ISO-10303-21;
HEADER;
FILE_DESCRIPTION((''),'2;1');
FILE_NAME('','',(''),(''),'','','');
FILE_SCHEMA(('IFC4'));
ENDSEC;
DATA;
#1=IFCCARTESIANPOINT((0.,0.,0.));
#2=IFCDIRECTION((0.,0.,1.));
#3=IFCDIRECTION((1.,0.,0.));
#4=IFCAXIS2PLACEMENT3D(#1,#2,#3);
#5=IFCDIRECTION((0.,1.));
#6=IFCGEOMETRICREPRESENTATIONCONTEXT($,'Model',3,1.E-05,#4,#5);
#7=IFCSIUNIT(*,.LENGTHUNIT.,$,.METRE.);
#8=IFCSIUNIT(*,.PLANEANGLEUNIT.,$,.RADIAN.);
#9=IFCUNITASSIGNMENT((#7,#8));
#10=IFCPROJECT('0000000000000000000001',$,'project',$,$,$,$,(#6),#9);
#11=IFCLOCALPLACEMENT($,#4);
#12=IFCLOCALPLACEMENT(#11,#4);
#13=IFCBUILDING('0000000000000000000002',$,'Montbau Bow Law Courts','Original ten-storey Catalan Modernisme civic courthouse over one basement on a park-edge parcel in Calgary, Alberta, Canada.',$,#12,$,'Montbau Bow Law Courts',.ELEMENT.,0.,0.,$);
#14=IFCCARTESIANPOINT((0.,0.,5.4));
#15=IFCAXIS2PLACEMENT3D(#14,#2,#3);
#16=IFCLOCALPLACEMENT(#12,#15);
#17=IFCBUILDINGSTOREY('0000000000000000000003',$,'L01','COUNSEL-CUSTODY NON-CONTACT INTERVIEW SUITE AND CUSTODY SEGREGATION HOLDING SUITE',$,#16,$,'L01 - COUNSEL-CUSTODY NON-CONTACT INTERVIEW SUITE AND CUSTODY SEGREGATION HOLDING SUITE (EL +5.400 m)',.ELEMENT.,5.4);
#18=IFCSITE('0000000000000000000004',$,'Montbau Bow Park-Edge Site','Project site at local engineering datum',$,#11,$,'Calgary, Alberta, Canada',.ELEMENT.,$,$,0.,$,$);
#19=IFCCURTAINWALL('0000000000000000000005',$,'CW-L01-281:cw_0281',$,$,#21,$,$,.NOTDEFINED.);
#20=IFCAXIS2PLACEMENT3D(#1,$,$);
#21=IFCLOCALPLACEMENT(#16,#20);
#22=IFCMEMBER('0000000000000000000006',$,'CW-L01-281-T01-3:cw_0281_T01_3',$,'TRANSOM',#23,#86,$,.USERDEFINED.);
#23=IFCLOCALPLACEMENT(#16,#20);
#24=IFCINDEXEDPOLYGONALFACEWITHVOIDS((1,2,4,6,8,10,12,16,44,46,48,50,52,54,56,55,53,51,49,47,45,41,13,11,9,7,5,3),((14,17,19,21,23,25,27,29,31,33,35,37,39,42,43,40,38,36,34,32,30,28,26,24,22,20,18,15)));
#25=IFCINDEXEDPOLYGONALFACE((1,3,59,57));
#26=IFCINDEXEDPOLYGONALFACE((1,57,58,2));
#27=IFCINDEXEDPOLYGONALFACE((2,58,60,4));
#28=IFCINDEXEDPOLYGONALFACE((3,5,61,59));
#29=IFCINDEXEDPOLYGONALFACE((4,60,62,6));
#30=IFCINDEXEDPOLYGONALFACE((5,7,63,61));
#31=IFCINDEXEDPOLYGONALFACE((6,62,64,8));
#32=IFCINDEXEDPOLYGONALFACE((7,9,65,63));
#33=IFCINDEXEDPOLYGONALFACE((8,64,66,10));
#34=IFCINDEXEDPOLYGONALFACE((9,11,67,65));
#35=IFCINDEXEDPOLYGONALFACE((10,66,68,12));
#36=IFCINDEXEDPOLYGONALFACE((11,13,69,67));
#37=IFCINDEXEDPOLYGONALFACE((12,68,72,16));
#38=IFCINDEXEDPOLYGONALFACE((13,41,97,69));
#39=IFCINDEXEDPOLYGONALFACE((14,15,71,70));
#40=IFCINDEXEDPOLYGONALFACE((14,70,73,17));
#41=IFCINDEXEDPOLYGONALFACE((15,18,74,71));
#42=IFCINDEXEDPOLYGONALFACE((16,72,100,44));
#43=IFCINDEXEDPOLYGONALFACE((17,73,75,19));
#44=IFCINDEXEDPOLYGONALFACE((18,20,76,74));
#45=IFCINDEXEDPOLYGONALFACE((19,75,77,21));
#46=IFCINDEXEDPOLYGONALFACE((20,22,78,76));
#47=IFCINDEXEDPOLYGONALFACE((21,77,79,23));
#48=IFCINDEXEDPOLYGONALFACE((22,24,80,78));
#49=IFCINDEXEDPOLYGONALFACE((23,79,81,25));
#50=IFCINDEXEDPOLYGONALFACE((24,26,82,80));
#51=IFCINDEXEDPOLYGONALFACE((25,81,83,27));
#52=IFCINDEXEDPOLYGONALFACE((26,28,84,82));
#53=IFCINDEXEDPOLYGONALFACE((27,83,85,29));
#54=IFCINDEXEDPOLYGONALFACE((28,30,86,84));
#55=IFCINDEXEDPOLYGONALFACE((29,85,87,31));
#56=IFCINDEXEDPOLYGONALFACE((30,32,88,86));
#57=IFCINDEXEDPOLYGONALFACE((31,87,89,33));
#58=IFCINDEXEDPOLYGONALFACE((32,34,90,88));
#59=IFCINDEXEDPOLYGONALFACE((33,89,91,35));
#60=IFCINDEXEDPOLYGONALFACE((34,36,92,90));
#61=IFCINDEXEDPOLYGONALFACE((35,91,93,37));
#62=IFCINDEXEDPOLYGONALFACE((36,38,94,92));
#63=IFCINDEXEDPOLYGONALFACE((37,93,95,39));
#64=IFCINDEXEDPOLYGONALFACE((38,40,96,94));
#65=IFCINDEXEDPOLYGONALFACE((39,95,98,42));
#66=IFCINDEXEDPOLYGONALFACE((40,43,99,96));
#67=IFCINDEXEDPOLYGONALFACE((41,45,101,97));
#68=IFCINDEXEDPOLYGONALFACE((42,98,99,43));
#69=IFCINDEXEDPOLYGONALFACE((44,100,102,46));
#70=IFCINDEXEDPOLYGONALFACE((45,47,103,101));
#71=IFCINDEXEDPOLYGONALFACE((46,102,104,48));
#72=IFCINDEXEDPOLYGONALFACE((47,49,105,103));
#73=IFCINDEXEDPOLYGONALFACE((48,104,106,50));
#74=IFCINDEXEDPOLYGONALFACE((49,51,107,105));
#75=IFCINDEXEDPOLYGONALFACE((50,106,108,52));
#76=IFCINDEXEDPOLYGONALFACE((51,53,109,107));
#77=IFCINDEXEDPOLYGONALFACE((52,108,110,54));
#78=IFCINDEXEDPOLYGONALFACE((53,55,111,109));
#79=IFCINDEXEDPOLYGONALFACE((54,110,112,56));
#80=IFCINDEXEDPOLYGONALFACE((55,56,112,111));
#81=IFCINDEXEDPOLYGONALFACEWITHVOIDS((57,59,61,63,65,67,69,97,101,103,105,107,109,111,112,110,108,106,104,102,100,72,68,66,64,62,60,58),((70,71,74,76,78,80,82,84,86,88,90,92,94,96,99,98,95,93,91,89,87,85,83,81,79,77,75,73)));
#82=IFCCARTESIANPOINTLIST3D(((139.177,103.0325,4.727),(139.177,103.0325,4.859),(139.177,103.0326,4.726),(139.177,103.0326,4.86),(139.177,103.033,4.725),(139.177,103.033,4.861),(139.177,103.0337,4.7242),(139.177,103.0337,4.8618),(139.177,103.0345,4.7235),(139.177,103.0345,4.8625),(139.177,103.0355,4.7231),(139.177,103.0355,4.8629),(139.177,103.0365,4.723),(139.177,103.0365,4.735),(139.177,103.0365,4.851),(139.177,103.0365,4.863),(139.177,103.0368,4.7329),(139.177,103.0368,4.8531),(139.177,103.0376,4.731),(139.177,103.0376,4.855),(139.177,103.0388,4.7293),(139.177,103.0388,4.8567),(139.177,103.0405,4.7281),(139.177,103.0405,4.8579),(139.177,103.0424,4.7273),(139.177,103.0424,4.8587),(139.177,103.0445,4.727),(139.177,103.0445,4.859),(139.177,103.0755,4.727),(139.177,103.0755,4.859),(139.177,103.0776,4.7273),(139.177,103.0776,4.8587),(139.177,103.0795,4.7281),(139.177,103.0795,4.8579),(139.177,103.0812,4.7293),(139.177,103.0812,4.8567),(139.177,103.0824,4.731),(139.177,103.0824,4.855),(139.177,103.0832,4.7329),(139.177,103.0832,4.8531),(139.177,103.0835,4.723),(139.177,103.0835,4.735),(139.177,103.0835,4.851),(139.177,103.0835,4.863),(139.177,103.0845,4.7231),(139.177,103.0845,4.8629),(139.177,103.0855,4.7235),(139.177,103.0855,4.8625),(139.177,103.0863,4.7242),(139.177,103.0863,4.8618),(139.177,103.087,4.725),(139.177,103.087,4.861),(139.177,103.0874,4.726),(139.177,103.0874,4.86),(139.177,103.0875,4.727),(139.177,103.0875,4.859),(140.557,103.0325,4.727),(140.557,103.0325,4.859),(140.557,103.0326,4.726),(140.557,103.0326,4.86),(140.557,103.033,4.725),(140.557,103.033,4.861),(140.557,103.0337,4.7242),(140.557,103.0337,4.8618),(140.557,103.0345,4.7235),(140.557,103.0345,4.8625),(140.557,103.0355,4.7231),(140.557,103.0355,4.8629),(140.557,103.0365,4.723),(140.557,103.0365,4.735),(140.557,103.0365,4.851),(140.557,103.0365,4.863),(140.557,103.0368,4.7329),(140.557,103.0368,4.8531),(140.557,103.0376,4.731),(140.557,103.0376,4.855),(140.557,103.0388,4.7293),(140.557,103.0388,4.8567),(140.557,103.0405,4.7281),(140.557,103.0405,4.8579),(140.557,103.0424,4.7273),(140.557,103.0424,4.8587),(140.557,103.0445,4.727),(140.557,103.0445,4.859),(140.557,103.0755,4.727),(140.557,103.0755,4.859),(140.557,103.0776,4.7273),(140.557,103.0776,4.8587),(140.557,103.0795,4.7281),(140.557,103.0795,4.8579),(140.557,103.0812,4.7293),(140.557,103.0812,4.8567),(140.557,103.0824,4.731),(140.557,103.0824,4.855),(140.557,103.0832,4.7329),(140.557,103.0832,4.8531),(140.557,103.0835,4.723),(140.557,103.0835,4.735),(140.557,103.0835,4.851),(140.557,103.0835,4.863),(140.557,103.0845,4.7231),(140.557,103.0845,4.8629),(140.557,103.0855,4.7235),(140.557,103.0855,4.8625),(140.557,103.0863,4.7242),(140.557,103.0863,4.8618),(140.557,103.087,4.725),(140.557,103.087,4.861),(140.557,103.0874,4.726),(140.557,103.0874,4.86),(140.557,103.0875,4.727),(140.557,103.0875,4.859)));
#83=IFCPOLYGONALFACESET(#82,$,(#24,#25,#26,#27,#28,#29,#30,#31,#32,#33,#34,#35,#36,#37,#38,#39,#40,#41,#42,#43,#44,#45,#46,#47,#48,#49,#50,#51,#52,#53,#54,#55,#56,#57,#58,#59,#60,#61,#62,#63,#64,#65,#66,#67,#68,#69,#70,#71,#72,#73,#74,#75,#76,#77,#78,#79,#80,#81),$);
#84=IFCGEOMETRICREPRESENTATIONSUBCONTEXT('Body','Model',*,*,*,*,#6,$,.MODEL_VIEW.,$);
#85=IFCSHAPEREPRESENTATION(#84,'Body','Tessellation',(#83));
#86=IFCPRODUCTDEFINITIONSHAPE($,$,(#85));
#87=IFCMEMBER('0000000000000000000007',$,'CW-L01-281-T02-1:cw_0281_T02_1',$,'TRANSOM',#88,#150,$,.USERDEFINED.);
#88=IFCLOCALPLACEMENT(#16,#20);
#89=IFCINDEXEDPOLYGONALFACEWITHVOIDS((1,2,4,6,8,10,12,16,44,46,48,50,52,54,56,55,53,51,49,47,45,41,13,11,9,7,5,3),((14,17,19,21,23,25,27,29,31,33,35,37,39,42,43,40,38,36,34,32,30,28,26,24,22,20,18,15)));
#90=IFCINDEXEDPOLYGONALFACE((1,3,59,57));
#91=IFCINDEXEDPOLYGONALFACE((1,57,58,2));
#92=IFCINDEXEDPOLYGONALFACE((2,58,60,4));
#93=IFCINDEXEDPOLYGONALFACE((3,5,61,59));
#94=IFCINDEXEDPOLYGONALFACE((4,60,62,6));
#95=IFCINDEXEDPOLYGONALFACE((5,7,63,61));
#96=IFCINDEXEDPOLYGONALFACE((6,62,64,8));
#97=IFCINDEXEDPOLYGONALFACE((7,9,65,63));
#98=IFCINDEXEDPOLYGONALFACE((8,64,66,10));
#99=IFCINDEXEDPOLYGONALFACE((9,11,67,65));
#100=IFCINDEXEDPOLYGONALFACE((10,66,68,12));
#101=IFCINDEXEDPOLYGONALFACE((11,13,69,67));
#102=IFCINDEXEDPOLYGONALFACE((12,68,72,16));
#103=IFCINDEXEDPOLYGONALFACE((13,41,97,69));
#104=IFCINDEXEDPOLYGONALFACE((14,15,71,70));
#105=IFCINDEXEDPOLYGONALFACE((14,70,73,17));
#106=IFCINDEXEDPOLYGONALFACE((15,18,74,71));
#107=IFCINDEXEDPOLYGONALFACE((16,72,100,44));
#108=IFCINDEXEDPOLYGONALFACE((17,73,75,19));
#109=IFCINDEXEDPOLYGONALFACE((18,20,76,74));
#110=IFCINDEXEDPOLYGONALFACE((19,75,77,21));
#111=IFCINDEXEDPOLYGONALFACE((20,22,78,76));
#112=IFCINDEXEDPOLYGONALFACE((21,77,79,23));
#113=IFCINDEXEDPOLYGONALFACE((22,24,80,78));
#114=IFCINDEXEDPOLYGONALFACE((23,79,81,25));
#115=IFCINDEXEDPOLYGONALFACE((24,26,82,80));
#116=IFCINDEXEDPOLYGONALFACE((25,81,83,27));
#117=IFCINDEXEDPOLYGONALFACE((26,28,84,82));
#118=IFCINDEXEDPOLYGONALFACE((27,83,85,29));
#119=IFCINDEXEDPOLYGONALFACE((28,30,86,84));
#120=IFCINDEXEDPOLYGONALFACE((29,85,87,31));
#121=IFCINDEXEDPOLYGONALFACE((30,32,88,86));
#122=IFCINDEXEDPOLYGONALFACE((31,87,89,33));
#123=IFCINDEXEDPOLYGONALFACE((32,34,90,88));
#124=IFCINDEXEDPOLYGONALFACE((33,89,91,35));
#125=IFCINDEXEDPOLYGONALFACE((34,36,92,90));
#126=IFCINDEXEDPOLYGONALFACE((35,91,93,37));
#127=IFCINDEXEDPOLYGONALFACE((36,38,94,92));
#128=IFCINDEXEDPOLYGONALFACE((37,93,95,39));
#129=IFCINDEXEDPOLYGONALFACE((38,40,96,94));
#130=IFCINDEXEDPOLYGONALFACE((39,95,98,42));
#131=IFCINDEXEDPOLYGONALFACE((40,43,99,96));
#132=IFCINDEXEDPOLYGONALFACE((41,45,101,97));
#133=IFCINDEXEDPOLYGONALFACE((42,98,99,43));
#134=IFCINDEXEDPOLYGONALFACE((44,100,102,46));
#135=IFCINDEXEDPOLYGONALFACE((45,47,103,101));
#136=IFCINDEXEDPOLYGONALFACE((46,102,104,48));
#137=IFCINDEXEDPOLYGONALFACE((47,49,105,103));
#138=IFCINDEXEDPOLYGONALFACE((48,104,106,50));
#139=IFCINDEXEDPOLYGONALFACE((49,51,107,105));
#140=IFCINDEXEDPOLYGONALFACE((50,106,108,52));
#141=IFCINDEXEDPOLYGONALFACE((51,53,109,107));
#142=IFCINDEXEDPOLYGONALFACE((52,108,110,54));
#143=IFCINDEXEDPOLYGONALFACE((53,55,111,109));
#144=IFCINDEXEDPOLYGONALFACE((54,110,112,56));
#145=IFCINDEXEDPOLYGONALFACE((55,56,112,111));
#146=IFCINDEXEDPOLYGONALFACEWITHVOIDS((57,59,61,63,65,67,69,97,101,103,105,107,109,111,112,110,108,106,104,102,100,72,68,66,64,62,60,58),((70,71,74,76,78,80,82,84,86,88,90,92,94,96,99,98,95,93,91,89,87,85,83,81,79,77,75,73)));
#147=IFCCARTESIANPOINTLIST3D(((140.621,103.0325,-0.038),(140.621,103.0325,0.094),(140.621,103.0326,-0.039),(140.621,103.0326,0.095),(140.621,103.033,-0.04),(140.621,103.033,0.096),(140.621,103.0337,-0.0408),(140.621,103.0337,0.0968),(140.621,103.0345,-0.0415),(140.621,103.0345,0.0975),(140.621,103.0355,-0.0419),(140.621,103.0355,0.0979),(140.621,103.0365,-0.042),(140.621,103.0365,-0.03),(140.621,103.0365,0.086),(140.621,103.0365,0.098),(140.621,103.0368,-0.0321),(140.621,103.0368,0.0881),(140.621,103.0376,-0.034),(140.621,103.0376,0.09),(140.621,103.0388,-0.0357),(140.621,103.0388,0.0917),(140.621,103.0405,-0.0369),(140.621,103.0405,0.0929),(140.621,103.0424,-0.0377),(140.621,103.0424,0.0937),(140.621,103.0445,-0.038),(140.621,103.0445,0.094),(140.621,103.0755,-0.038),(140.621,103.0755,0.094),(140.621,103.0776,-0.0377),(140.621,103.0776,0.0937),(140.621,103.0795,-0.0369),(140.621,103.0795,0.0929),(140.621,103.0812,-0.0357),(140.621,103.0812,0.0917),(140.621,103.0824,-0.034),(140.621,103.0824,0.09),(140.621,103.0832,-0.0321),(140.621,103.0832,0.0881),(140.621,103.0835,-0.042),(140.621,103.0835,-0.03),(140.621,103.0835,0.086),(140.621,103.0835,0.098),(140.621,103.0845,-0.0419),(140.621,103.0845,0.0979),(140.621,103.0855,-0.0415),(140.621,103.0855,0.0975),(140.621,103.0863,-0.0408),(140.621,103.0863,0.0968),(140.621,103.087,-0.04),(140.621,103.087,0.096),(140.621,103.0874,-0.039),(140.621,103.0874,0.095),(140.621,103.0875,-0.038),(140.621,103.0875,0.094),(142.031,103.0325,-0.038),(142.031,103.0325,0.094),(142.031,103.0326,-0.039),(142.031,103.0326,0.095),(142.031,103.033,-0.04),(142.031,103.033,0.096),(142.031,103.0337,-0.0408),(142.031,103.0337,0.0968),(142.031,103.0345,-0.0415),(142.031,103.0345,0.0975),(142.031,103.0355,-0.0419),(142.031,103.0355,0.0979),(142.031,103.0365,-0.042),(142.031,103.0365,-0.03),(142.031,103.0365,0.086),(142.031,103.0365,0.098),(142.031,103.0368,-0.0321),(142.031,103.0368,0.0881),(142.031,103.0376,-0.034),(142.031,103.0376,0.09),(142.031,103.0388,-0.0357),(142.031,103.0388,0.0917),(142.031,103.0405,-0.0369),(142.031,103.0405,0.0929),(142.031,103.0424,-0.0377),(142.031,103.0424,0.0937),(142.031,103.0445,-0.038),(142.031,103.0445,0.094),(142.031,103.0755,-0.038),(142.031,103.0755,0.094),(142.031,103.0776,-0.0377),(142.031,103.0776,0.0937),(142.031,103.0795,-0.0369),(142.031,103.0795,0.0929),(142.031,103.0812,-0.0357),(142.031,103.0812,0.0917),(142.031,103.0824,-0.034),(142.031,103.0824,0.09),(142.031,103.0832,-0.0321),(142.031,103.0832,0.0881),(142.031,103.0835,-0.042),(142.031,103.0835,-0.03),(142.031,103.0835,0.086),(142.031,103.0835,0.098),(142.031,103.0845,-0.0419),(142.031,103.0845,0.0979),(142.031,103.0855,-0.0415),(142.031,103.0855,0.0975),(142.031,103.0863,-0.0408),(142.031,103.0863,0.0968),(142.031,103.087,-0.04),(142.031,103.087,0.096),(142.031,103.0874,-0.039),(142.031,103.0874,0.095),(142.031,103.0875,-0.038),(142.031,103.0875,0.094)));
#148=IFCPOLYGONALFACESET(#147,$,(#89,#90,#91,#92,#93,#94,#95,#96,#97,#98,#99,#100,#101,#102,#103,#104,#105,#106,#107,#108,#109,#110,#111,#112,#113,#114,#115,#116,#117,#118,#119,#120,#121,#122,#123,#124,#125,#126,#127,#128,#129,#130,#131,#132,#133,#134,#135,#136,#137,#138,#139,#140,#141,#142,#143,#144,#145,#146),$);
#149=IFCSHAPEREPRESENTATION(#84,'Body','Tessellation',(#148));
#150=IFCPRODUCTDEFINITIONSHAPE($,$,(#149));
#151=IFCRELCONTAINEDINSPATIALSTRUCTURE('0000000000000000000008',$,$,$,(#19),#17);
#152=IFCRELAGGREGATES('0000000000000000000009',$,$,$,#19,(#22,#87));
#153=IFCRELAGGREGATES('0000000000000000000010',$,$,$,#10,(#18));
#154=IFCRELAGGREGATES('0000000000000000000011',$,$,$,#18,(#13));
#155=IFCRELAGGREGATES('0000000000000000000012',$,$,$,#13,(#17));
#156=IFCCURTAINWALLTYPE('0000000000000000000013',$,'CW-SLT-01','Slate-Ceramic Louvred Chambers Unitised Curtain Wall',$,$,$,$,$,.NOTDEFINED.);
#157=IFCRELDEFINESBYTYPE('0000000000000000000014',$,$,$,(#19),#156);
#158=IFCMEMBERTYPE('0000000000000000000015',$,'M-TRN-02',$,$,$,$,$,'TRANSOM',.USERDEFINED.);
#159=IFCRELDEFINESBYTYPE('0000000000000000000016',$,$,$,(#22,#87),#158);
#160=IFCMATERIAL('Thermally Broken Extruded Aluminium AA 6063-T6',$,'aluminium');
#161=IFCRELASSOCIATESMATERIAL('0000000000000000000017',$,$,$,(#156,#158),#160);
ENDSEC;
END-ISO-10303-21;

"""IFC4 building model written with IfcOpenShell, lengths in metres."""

from ifc_helpers import new_model, si_unit, direction, frame, origin_with_axes, origin_2d_with_axis, place, context, subcontext, project, spatial, hollow_rectangle, extrude, material, material_profile, profile_set, type_object, element, aggregate, save


model = new_model("IFC4")

# Units and contexts
model_context = context("Model", 3, precision=1e-05, world=origin_with_axes(), true_north=direction((0.0, 1.0)))
body_context = subcontext(model_context, "Body", "Model", "MODEL_VIEW")
ifc_project = project(units=[si_unit("LENGTHUNIT", "METRE"), si_unit("PLANEANGLEUNIT", "RADIAN")], contexts=[model_context])

# Site, building, storey
site_placement = place(None, origin_with_axes())
site = spatial("IfcSite", under=ifc_project, at=site_placement, Name="Montbau Bow Park-Edge Site", Description="Project site at local engineering datum", LongName="Calgary, Alberta, Canada", CompositionType="ELEMENT", RefElevation=0.0)
building_placement = place(site_placement, origin_with_axes())
building = spatial("IfcBuilding", under=site, at=building_placement, Name="Montbau Bow Law Courts", Description="Original ten-storey Catalan Modernisme civic courthouse over one basement on a park-edge parcel in Calgary, Alberta, Canada.", LongName="Montbau Bow Law Courts", CompositionType="ELEMENT", ElevationOfRefHeight=0.0, ElevationOfTerrain=0.0)
storey_placement = place(building_placement, frame((0.0, 0.0, 5.4), z_axis=(0.0, 0.0, 1.0), x_axis=(1.0, 0.0, 0.0)))
storey = spatial("IfcBuildingStorey", under=building, at=storey_placement, Name="L01", Description="COUNSEL-CUSTODY NON-CONTACT INTERVIEW SUITE AND CUSTODY SEGREGATION HOLDING SUITE", LongName="L01 - COUNSEL-CUSTODY NON-CONTACT INTERVIEW SUITE AND CUSTODY SEGREGATION HOLDING SUITE (EL +5.400 m)", CompositionType="ELEMENT", Elevation=5.4)

# Curtain wall, members
ifc_material_1 = material(Name="Thermally Broken Extruded Aluminium AA 6063-T6", Category="aluminium")
curtain_wall_type = type_object("IfcCurtainWallType", Name="CW-SLT-01", Description="Slate-Ceramic Louvred Chambers Unitised Curtain Wall", PredefinedType="NOTDEFINED", material=ifc_material_1)
curtain_wall_placement = place(None, frame((139.115, 103.06, 5.4), z_axis=(0.0, 0.0, 1.0), x_axis=(1.0, 0.0, 0.0)))
curtain_wall = element("IfcCurtainWall", 1, at=curtain_wall_placement, inside=storey, type_object=curtain_wall_type, Name="CW-L01-281:cw_0281", PredefinedType="NOTDEFINED")
ifc_material_profile_1 = material_profile(ifc_material_1, hollow_rectangle(XDim=0.055, YDim=0.14, WallThickness=0.004, InnerFilletRadius=0.008, OuterFilletRadius=0.004, at=origin_2d_with_axis()), Name="CWT-140X55", Category="Main", Priority=0)
ifc_profile_set_1 = profile_set([ifc_material_profile_1], Name="Thermally Broken Extruded Aluminium AA 6063-T6")
member_type_1 = type_object("IfcMemberType", Name="M-TRN-02", ElementType="TRANSOM", PredefinedType="USERDEFINED", material=ifc_profile_set_1)
member_1_placement = place(None, frame((139.177, 103.06, 10.193), z_axis=(1.0, 0.0, 0.0), x_axis=(0.0, 1.0, 0.0)))
member_1 = element("IfcMember", 2, at=member_1_placement, type_object=member_type_1, Name="CW-L01-281-T01-3:cw_0281_T01_3", ObjectType="TRANSOM", PredefinedType="USERDEFINED", context=body_context, shape_type="SweptSolid", body=[
    extrude(hollow_rectangle(XDim=0.055, YDim=0.14, WallThickness=0.004, InnerFilletRadius=0.008, OuterFilletRadius=0.004, at=origin_2d_with_axis()), origin_with_axes(), (0.0, 0.0, 1.0), 1.38),
])
member_2_placement = place(None, frame((140.621, 103.06, 5.428), z_axis=(1.0, 0.0, 0.0), x_axis=(0.0, 1.0, 0.0)))
member_2 = element("IfcMember", 3, at=member_2_placement, type_object=member_type_1, Name="CW-L01-281-T02-1:cw_0281_T02_1", ObjectType="TRANSOM", PredefinedType="USERDEFINED", context=body_context, shape_type="SweptSolid", body=[
    extrude(hollow_rectangle(XDim=0.055, YDim=0.14, WallThickness=0.004, InnerFilletRadius=0.008, OuterFilletRadius=0.004, at=origin_2d_with_axis()), origin_with_axes(), (0.0, 0.0, 1.0), 1.41),
])
aggregate(curtain_wall, [member_1, member_2])

save(model, "model.ifc")
